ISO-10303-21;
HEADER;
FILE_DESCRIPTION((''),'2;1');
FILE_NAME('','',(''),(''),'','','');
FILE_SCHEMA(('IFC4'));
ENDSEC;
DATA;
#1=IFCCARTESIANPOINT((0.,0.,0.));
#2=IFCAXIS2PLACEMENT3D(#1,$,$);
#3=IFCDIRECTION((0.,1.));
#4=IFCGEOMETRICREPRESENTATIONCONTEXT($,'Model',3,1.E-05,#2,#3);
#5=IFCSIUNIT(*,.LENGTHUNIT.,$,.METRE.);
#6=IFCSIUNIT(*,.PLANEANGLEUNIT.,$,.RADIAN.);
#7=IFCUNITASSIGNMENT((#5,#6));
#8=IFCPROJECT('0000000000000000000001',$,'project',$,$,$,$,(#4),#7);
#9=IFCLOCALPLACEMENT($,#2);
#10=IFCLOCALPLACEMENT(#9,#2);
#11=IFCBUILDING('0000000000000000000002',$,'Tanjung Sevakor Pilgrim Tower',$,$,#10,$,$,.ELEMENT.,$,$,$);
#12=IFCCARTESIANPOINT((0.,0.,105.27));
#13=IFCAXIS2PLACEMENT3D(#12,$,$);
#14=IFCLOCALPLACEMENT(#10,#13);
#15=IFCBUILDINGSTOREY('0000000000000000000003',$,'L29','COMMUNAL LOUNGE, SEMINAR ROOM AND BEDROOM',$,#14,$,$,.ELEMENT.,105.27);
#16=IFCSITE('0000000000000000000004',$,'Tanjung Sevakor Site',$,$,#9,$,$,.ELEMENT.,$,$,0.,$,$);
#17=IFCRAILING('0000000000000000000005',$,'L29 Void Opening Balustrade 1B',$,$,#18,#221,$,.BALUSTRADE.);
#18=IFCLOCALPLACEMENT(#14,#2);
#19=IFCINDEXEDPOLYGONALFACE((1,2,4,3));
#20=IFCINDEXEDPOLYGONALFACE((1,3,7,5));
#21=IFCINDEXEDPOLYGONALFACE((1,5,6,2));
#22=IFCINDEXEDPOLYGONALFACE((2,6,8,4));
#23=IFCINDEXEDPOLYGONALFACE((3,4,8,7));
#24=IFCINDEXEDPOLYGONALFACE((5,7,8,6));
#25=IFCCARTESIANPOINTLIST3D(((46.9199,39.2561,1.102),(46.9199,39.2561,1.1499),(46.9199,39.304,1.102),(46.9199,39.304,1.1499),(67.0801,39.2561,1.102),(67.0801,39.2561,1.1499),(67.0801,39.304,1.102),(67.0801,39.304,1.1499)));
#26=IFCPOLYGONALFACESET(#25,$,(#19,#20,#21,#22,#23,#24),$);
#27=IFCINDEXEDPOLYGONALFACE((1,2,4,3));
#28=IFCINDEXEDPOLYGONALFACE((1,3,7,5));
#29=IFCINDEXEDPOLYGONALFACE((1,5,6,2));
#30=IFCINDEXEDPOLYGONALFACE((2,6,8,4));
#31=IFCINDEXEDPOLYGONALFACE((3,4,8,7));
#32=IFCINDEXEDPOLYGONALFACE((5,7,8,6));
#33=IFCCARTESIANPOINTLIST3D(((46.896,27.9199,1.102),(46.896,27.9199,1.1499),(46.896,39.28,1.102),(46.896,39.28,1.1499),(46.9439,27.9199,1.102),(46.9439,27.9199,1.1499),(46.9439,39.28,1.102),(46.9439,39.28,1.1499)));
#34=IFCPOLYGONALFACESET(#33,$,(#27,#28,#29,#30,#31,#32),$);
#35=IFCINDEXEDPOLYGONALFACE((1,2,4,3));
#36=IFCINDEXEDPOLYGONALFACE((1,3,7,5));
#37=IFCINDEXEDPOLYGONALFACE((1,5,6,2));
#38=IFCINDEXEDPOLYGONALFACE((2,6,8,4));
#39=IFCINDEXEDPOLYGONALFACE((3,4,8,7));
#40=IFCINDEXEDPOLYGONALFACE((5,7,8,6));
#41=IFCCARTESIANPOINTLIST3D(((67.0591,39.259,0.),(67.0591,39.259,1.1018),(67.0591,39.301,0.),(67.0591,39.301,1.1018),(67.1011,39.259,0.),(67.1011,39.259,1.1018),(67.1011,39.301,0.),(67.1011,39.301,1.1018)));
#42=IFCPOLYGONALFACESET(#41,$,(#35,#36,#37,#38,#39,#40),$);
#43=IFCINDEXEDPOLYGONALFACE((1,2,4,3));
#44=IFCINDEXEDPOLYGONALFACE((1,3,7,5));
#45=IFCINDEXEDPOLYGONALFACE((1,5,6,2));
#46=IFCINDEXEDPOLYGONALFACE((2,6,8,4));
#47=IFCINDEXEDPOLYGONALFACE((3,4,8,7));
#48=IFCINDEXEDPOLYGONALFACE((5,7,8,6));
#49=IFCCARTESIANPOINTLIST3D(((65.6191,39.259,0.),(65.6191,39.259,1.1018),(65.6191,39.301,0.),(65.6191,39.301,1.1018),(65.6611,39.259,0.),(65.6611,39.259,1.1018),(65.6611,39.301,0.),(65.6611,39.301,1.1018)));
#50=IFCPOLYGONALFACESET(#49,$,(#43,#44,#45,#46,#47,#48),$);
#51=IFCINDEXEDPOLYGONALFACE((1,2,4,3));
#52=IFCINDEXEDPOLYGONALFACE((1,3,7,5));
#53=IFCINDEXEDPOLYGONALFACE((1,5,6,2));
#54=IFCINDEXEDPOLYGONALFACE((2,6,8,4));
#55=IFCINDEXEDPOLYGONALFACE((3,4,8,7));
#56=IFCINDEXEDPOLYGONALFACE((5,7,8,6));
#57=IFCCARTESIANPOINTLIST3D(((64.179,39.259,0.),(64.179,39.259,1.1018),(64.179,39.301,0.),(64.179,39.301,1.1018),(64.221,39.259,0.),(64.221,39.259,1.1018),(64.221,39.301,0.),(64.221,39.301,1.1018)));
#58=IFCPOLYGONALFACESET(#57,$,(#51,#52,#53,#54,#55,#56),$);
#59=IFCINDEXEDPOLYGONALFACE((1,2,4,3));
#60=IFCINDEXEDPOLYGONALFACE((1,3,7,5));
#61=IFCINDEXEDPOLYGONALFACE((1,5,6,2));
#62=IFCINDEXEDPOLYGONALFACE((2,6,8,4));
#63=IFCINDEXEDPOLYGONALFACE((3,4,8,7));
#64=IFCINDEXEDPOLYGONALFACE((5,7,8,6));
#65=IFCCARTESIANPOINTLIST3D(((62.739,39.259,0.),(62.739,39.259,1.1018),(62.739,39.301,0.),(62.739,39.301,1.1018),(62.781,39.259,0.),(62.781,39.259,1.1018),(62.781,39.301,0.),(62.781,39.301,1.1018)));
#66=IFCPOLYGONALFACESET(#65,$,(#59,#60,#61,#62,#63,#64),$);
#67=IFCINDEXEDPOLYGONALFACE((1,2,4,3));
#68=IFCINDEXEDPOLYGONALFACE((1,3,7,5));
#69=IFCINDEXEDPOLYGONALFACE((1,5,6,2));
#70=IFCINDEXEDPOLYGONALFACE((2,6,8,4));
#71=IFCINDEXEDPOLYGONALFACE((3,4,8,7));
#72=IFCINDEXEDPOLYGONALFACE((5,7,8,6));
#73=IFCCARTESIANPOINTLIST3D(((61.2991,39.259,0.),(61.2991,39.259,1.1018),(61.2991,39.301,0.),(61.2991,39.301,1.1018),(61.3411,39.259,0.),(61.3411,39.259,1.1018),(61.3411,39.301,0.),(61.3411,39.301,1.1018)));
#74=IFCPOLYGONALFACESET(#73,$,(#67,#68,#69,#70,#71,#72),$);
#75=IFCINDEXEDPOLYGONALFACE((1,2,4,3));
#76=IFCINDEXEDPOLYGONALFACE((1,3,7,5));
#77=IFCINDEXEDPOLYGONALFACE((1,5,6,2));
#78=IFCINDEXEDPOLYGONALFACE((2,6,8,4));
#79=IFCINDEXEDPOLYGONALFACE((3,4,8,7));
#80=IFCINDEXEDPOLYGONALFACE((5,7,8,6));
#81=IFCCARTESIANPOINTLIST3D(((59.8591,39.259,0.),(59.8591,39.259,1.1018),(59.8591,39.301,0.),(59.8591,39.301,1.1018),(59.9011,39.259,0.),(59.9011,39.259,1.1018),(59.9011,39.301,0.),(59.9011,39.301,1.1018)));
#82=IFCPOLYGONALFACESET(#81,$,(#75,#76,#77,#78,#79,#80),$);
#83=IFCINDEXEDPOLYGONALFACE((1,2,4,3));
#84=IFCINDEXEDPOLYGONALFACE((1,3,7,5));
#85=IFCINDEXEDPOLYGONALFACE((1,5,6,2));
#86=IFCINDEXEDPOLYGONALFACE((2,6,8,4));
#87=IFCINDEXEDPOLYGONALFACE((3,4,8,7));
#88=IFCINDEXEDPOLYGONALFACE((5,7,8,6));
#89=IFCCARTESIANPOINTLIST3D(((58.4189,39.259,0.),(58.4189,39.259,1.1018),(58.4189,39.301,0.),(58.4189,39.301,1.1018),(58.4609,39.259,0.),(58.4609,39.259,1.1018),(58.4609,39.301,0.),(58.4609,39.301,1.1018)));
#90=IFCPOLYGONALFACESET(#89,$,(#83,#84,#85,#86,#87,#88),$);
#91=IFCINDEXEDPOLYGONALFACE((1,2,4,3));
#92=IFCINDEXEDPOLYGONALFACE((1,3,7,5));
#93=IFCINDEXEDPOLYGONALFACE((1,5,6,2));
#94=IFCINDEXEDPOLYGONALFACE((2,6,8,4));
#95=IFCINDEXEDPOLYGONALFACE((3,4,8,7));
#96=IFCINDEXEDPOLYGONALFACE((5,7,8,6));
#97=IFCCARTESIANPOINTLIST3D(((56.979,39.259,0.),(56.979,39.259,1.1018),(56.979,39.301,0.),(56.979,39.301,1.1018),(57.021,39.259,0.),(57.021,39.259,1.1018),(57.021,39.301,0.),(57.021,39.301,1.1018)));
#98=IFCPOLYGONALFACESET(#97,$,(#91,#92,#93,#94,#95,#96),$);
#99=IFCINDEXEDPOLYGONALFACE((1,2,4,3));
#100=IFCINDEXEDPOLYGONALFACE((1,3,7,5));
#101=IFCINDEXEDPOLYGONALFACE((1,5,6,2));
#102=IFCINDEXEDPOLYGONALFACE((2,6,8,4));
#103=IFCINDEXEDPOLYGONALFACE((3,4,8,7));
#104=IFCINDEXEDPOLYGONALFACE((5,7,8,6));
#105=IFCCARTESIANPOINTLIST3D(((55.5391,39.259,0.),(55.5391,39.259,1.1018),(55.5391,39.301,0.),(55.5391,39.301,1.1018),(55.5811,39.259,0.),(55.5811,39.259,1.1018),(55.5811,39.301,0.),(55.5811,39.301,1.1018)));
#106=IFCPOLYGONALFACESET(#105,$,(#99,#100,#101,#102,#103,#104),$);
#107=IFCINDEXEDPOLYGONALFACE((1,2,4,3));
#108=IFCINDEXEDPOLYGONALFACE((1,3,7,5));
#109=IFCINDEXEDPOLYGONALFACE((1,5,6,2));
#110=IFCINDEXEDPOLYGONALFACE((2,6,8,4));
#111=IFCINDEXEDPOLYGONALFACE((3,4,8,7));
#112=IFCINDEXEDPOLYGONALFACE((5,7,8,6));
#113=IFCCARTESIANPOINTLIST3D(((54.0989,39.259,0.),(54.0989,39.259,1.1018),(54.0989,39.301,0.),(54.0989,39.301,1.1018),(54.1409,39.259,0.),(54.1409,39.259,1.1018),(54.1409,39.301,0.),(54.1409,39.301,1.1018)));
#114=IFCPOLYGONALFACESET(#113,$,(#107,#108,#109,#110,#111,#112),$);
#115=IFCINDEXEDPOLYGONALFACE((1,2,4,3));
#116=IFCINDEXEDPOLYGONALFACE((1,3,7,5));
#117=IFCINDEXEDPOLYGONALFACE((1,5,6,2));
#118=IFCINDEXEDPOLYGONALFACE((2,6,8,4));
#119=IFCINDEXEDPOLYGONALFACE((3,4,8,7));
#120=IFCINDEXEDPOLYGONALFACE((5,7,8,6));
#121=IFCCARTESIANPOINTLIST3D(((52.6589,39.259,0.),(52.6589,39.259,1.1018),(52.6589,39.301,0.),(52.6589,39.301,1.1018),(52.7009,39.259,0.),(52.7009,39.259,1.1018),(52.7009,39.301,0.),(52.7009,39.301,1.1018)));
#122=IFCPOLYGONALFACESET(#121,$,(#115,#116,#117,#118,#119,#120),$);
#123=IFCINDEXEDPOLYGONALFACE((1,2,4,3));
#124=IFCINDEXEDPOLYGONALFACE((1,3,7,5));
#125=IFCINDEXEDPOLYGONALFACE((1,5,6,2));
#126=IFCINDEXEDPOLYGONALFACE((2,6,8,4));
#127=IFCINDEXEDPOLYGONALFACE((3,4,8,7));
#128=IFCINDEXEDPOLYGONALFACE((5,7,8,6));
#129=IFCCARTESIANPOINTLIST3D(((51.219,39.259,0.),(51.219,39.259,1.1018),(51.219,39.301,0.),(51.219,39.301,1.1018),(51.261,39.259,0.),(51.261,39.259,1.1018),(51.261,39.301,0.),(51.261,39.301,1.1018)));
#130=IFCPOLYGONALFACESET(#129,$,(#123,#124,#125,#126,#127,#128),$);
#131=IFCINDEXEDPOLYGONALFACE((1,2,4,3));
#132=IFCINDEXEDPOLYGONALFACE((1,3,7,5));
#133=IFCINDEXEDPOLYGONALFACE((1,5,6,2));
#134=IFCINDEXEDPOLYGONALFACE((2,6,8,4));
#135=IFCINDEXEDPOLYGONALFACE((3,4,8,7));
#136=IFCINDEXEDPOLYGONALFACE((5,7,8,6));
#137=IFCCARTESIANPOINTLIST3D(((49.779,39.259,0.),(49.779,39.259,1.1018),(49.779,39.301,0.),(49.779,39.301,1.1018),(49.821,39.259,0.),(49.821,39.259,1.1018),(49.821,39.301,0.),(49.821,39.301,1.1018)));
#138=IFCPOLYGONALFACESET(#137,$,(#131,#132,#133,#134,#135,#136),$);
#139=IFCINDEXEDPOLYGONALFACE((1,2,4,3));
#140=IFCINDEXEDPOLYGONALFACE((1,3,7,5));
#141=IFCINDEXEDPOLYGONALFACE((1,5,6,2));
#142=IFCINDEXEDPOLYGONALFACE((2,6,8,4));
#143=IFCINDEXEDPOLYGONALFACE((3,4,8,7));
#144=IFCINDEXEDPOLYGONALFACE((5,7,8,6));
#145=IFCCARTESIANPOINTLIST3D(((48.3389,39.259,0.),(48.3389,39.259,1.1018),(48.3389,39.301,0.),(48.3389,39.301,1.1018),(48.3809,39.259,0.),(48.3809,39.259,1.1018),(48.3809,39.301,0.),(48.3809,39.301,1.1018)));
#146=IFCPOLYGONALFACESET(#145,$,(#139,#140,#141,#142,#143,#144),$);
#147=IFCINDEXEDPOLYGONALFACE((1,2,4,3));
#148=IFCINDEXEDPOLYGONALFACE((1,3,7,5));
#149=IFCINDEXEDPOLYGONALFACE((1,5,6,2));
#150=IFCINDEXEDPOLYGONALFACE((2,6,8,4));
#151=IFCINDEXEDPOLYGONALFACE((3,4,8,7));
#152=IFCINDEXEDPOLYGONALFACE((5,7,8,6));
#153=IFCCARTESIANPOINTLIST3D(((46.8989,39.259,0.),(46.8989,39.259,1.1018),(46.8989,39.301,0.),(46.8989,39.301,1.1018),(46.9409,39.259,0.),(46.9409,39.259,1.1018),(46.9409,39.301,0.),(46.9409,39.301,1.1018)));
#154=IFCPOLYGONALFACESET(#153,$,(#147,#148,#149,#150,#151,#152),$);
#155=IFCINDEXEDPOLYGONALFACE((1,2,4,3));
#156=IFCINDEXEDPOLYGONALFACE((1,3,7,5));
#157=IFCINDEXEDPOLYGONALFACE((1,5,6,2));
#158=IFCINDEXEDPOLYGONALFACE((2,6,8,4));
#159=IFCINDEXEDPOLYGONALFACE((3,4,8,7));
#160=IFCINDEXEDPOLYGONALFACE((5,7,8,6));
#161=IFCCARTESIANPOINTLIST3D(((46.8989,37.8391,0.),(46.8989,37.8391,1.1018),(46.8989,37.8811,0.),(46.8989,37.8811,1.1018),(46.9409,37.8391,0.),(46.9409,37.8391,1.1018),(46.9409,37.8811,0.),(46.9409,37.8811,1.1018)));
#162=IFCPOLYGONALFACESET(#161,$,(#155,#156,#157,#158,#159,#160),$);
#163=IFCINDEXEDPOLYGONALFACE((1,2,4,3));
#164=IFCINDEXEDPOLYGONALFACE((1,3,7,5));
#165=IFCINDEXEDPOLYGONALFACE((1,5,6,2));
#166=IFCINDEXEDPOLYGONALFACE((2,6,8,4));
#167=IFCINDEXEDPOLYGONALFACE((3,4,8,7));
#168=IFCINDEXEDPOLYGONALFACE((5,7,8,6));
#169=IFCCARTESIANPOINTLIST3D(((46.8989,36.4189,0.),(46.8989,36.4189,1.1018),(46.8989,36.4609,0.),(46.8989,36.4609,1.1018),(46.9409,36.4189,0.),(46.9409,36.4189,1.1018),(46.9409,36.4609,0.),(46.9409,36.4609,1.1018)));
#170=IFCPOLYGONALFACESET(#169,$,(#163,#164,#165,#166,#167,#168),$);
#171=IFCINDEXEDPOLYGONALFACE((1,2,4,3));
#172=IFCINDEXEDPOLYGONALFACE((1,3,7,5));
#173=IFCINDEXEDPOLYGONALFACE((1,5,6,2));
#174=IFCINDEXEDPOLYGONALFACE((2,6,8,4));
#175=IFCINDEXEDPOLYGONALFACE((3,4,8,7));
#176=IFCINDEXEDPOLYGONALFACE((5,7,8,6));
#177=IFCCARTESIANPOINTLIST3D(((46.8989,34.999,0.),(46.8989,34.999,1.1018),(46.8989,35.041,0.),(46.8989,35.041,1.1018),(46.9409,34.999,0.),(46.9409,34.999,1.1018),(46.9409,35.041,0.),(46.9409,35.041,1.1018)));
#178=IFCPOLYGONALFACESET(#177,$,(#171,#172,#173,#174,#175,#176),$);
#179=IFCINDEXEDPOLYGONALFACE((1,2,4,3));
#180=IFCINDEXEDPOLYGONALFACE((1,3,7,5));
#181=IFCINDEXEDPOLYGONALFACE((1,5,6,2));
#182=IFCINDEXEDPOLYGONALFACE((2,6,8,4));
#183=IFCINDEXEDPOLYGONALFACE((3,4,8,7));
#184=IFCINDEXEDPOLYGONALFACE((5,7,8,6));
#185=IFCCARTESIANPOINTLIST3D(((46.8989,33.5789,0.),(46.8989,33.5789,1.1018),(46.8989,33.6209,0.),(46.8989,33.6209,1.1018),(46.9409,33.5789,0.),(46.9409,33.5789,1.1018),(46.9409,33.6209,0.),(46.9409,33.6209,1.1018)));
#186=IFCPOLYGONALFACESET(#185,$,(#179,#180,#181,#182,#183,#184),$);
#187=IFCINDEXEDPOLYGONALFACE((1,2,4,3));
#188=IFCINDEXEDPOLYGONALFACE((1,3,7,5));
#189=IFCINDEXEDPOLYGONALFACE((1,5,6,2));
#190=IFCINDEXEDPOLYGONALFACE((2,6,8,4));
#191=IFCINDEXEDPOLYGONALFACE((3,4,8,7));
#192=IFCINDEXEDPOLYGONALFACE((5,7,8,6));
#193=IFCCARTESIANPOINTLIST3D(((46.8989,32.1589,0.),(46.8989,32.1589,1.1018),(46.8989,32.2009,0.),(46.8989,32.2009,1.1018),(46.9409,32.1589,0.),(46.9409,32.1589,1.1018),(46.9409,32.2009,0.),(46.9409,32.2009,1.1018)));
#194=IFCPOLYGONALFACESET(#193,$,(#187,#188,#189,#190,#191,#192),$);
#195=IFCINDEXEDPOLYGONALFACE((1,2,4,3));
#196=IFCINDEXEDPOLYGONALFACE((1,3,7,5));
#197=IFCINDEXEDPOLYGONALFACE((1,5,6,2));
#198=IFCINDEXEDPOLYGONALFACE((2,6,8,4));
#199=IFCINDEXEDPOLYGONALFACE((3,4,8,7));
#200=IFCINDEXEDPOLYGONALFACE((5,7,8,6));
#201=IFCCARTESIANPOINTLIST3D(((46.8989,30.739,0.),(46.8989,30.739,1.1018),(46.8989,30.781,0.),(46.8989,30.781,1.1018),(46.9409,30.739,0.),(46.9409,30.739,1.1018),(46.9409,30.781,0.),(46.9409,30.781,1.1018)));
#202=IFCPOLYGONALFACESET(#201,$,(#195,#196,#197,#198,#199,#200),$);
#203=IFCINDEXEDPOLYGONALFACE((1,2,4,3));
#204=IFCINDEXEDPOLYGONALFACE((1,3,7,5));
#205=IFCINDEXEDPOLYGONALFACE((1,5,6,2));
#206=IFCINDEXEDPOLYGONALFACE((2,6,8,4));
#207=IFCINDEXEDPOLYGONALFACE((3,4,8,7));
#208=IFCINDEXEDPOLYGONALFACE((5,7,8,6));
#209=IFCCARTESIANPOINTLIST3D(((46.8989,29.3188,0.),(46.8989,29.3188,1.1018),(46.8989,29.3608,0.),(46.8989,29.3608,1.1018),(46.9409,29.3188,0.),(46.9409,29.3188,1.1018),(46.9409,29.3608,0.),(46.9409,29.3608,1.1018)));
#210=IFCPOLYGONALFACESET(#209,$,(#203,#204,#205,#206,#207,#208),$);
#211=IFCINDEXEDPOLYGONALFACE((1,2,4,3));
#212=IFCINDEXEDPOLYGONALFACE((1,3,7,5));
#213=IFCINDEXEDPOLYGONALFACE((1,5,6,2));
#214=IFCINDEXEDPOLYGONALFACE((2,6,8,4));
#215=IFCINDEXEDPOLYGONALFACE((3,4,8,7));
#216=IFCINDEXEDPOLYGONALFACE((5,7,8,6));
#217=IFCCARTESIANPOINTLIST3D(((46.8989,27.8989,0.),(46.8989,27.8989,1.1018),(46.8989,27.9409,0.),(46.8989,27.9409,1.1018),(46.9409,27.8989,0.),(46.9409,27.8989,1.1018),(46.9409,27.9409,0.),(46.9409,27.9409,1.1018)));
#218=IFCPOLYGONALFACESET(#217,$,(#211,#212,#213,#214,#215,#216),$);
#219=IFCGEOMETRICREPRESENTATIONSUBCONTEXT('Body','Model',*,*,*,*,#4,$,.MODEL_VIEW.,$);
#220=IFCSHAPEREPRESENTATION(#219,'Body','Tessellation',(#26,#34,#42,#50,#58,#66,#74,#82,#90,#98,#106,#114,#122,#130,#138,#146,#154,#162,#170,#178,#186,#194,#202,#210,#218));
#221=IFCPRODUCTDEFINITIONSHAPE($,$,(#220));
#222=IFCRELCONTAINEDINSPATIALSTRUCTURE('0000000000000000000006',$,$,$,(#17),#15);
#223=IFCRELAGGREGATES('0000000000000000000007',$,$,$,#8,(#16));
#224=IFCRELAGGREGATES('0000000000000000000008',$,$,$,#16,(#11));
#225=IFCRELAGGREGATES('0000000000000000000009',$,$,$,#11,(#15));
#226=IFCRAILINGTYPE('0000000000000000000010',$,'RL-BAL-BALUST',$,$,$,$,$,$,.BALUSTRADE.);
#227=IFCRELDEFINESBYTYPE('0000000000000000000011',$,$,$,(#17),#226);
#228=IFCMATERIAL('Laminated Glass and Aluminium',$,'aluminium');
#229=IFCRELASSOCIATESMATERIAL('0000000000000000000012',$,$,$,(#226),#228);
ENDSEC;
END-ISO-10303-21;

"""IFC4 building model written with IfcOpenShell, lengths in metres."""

from ifc_helpers import new_model, si_unit, direction, frame, origin, place, context, subcontext, project, spatial, rectangle, extrude, material, type_object, element, save


model = new_model("IFC4")

# Units and contexts
model_context = context("Model", 3, precision=1e-05, world=origin(), true_north=direction((0.0, 1.0)))
body_context = subcontext(model_context, "Body", "Model", "MODEL_VIEW")
ifc_project = project(units=[si_unit("LENGTHUNIT", "METRE"), si_unit("PLANEANGLEUNIT", "RADIAN")], contexts=[model_context])

# Site, building, storey
site_placement = place(None, origin())
site = spatial("IfcSite", under=ifc_project, at=site_placement, Name="Tanjung Sevakor Site", CompositionType="ELEMENT", RefElevation=0.0)
building_placement = place(site_placement, origin())
building = spatial("IfcBuilding", under=site, at=building_placement, Name="Tanjung Sevakor Pilgrim Tower", CompositionType="ELEMENT")
storey_placement = place(building_placement, frame((0.0, 0.0, 105.27)))
storey = spatial("IfcBuildingStorey", under=building, at=storey_placement, Name="L29", Description="COMMUNAL LOUNGE, SEMINAR ROOM AND BEDROOM", CompositionType="ELEMENT", Elevation=105.27)

# Railing
ifc_material_1 = material(Name="Laminated Glass and Aluminium", Category="aluminium")
railing_type = type_object("IfcRailingType", Name="RL-BAL-BALUST", PredefinedType="BALUSTRADE", material=ifc_material_1)
railing_placement = place(storey_placement, frame((67.0801, 39.28, 0.0)))
element("IfcRailing", 1, at=railing_placement, inside=storey, type_object=railing_type, Name="L29 Void Opening Balustrade 1B", PredefinedType="BALUSTRADE", context=body_context, shape_type="SweptSolid", body=[
    extrude(rectangle(XDim=0.0479, YDim=0.0479), frame((0.0, 0.0, 1.126), z_axis=(-1.0, 0.0, 0.0), x_axis=(0.0, -1.0, 0.0)), (0.0, 0.0, 1.0), 20.1602),
    extrude(rectangle(XDim=0.0479, YDim=0.0479), frame((-20.1602, 0.0, 1.126), z_axis=(0.0, -1.0, 0.0), x_axis=(1.0, 0.0, 0.0)), (0.0, 0.0, 1.0), 11.3601),
    extrude(rectangle(XDim=0.042, YDim=0.042), origin(), (0.0, 0.0, 1.0), 1.1018),
    extrude(rectangle(XDim=0.042, YDim=0.042), frame((-1.4399, 0.0, 0.0)), (0.0, 0.0, 1.0), 1.1018),
    extrude(rectangle(XDim=0.042, YDim=0.042), frame((-2.8801, 0.0, 0.0)), (0.0, 0.0, 1.0), 1.1018),
    extrude(rectangle(XDim=0.042, YDim=0.042), frame((-4.3201, 0.0, 0.0)), (0.0, 0.0, 1.0), 1.1018),
    extrude(rectangle(XDim=0.042, YDim=0.042), frame((-5.76, 0.0, 0.0)), (0.0, 0.0, 1.0), 1.1018),
    extrude(rectangle(XDim=0.042, YDim=0.042), frame((-7.2, 0.0, 0.0)), (0.0, 0.0, 1.0), 1.1018),
    extrude(rectangle(XDim=0.042, YDim=0.042), frame((-8.6401, 0.0, 0.0)), (0.0, 0.0, 1.0), 1.1018),
    extrude(rectangle(XDim=0.042, YDim=0.042), frame((-10.0801, 0.0, 0.0)), (0.0, 0.0, 1.0), 1.1018),
    extrude(rectangle(XDim=0.042, YDim=0.042), frame((-11.52, 0.0, 0.0)), (0.0, 0.0, 1.0), 1.1018),
    extrude(rectangle(XDim=0.042, YDim=0.042), frame((-12.9602, 0.0, 0.0)), (0.0, 0.0, 1.0), 1.1018),
    extrude(rectangle(XDim=0.042, YDim=0.042), frame((-14.4001, 0.0, 0.0)), (0.0, 0.0, 1.0), 1.1018),
    extrude(rectangle(XDim=0.042, YDim=0.042), frame((-15.8401, 0.0, 0.0)), (0.0, 0.0, 1.0), 1.1018),
    extrude(rectangle(XDim=0.042, YDim=0.042), frame((-17.28, 0.0, 0.0)), (0.0, 0.0, 1.0), 1.1018),
    extrude(rectangle(XDim=0.042, YDim=0.042), frame((-18.7202, 0.0, 0.0)), (0.0, 0.0, 1.0), 1.1018),
    extrude(rectangle(XDim=0.042, YDim=0.042), frame((-20.1602, 0.0, 0.0)), (0.0, 0.0, 1.0), 1.1018),
    extrude(rectangle(XDim=0.042, YDim=0.042), frame((-20.1602, -1.4199, 0.0)), (0.0, 0.0, 1.0), 1.1018),
    extrude(rectangle(XDim=0.042, YDim=0.042), frame((-20.1602, -2.8401, 0.0)), (0.0, 0.0, 1.0), 1.1018),
    extrude(rectangle(XDim=0.042, YDim=0.042), frame((-20.1602, -4.26, 0.0)), (0.0, 0.0, 1.0), 1.1018),
    extrude(rectangle(XDim=0.042, YDim=0.042), frame((-20.1602, -5.6802, 0.0)), (0.0, 0.0, 1.0), 1.1018),
    extrude(rectangle(XDim=0.042, YDim=0.042), frame((-20.1602, -7.1001, 0.0)), (0.0, 0.0, 1.0), 1.1018),
    extrude(rectangle(XDim=0.042, YDim=0.042), frame((-20.1602, -8.52, 0.0)), (0.0, 0.0, 1.0), 1.1018),
    extrude(rectangle(XDim=0.042, YDim=0.042), frame((-20.1602, -9.9402, 0.0)), (0.0, 0.0, 1.0), 1.1018),
    extrude(rectangle(XDim=0.042, YDim=0.042), frame((-20.1602, -11.3601, 0.0)), (0.0, 0.0, 1.0), 1.1018),
])

save(model, "model.ifc")
